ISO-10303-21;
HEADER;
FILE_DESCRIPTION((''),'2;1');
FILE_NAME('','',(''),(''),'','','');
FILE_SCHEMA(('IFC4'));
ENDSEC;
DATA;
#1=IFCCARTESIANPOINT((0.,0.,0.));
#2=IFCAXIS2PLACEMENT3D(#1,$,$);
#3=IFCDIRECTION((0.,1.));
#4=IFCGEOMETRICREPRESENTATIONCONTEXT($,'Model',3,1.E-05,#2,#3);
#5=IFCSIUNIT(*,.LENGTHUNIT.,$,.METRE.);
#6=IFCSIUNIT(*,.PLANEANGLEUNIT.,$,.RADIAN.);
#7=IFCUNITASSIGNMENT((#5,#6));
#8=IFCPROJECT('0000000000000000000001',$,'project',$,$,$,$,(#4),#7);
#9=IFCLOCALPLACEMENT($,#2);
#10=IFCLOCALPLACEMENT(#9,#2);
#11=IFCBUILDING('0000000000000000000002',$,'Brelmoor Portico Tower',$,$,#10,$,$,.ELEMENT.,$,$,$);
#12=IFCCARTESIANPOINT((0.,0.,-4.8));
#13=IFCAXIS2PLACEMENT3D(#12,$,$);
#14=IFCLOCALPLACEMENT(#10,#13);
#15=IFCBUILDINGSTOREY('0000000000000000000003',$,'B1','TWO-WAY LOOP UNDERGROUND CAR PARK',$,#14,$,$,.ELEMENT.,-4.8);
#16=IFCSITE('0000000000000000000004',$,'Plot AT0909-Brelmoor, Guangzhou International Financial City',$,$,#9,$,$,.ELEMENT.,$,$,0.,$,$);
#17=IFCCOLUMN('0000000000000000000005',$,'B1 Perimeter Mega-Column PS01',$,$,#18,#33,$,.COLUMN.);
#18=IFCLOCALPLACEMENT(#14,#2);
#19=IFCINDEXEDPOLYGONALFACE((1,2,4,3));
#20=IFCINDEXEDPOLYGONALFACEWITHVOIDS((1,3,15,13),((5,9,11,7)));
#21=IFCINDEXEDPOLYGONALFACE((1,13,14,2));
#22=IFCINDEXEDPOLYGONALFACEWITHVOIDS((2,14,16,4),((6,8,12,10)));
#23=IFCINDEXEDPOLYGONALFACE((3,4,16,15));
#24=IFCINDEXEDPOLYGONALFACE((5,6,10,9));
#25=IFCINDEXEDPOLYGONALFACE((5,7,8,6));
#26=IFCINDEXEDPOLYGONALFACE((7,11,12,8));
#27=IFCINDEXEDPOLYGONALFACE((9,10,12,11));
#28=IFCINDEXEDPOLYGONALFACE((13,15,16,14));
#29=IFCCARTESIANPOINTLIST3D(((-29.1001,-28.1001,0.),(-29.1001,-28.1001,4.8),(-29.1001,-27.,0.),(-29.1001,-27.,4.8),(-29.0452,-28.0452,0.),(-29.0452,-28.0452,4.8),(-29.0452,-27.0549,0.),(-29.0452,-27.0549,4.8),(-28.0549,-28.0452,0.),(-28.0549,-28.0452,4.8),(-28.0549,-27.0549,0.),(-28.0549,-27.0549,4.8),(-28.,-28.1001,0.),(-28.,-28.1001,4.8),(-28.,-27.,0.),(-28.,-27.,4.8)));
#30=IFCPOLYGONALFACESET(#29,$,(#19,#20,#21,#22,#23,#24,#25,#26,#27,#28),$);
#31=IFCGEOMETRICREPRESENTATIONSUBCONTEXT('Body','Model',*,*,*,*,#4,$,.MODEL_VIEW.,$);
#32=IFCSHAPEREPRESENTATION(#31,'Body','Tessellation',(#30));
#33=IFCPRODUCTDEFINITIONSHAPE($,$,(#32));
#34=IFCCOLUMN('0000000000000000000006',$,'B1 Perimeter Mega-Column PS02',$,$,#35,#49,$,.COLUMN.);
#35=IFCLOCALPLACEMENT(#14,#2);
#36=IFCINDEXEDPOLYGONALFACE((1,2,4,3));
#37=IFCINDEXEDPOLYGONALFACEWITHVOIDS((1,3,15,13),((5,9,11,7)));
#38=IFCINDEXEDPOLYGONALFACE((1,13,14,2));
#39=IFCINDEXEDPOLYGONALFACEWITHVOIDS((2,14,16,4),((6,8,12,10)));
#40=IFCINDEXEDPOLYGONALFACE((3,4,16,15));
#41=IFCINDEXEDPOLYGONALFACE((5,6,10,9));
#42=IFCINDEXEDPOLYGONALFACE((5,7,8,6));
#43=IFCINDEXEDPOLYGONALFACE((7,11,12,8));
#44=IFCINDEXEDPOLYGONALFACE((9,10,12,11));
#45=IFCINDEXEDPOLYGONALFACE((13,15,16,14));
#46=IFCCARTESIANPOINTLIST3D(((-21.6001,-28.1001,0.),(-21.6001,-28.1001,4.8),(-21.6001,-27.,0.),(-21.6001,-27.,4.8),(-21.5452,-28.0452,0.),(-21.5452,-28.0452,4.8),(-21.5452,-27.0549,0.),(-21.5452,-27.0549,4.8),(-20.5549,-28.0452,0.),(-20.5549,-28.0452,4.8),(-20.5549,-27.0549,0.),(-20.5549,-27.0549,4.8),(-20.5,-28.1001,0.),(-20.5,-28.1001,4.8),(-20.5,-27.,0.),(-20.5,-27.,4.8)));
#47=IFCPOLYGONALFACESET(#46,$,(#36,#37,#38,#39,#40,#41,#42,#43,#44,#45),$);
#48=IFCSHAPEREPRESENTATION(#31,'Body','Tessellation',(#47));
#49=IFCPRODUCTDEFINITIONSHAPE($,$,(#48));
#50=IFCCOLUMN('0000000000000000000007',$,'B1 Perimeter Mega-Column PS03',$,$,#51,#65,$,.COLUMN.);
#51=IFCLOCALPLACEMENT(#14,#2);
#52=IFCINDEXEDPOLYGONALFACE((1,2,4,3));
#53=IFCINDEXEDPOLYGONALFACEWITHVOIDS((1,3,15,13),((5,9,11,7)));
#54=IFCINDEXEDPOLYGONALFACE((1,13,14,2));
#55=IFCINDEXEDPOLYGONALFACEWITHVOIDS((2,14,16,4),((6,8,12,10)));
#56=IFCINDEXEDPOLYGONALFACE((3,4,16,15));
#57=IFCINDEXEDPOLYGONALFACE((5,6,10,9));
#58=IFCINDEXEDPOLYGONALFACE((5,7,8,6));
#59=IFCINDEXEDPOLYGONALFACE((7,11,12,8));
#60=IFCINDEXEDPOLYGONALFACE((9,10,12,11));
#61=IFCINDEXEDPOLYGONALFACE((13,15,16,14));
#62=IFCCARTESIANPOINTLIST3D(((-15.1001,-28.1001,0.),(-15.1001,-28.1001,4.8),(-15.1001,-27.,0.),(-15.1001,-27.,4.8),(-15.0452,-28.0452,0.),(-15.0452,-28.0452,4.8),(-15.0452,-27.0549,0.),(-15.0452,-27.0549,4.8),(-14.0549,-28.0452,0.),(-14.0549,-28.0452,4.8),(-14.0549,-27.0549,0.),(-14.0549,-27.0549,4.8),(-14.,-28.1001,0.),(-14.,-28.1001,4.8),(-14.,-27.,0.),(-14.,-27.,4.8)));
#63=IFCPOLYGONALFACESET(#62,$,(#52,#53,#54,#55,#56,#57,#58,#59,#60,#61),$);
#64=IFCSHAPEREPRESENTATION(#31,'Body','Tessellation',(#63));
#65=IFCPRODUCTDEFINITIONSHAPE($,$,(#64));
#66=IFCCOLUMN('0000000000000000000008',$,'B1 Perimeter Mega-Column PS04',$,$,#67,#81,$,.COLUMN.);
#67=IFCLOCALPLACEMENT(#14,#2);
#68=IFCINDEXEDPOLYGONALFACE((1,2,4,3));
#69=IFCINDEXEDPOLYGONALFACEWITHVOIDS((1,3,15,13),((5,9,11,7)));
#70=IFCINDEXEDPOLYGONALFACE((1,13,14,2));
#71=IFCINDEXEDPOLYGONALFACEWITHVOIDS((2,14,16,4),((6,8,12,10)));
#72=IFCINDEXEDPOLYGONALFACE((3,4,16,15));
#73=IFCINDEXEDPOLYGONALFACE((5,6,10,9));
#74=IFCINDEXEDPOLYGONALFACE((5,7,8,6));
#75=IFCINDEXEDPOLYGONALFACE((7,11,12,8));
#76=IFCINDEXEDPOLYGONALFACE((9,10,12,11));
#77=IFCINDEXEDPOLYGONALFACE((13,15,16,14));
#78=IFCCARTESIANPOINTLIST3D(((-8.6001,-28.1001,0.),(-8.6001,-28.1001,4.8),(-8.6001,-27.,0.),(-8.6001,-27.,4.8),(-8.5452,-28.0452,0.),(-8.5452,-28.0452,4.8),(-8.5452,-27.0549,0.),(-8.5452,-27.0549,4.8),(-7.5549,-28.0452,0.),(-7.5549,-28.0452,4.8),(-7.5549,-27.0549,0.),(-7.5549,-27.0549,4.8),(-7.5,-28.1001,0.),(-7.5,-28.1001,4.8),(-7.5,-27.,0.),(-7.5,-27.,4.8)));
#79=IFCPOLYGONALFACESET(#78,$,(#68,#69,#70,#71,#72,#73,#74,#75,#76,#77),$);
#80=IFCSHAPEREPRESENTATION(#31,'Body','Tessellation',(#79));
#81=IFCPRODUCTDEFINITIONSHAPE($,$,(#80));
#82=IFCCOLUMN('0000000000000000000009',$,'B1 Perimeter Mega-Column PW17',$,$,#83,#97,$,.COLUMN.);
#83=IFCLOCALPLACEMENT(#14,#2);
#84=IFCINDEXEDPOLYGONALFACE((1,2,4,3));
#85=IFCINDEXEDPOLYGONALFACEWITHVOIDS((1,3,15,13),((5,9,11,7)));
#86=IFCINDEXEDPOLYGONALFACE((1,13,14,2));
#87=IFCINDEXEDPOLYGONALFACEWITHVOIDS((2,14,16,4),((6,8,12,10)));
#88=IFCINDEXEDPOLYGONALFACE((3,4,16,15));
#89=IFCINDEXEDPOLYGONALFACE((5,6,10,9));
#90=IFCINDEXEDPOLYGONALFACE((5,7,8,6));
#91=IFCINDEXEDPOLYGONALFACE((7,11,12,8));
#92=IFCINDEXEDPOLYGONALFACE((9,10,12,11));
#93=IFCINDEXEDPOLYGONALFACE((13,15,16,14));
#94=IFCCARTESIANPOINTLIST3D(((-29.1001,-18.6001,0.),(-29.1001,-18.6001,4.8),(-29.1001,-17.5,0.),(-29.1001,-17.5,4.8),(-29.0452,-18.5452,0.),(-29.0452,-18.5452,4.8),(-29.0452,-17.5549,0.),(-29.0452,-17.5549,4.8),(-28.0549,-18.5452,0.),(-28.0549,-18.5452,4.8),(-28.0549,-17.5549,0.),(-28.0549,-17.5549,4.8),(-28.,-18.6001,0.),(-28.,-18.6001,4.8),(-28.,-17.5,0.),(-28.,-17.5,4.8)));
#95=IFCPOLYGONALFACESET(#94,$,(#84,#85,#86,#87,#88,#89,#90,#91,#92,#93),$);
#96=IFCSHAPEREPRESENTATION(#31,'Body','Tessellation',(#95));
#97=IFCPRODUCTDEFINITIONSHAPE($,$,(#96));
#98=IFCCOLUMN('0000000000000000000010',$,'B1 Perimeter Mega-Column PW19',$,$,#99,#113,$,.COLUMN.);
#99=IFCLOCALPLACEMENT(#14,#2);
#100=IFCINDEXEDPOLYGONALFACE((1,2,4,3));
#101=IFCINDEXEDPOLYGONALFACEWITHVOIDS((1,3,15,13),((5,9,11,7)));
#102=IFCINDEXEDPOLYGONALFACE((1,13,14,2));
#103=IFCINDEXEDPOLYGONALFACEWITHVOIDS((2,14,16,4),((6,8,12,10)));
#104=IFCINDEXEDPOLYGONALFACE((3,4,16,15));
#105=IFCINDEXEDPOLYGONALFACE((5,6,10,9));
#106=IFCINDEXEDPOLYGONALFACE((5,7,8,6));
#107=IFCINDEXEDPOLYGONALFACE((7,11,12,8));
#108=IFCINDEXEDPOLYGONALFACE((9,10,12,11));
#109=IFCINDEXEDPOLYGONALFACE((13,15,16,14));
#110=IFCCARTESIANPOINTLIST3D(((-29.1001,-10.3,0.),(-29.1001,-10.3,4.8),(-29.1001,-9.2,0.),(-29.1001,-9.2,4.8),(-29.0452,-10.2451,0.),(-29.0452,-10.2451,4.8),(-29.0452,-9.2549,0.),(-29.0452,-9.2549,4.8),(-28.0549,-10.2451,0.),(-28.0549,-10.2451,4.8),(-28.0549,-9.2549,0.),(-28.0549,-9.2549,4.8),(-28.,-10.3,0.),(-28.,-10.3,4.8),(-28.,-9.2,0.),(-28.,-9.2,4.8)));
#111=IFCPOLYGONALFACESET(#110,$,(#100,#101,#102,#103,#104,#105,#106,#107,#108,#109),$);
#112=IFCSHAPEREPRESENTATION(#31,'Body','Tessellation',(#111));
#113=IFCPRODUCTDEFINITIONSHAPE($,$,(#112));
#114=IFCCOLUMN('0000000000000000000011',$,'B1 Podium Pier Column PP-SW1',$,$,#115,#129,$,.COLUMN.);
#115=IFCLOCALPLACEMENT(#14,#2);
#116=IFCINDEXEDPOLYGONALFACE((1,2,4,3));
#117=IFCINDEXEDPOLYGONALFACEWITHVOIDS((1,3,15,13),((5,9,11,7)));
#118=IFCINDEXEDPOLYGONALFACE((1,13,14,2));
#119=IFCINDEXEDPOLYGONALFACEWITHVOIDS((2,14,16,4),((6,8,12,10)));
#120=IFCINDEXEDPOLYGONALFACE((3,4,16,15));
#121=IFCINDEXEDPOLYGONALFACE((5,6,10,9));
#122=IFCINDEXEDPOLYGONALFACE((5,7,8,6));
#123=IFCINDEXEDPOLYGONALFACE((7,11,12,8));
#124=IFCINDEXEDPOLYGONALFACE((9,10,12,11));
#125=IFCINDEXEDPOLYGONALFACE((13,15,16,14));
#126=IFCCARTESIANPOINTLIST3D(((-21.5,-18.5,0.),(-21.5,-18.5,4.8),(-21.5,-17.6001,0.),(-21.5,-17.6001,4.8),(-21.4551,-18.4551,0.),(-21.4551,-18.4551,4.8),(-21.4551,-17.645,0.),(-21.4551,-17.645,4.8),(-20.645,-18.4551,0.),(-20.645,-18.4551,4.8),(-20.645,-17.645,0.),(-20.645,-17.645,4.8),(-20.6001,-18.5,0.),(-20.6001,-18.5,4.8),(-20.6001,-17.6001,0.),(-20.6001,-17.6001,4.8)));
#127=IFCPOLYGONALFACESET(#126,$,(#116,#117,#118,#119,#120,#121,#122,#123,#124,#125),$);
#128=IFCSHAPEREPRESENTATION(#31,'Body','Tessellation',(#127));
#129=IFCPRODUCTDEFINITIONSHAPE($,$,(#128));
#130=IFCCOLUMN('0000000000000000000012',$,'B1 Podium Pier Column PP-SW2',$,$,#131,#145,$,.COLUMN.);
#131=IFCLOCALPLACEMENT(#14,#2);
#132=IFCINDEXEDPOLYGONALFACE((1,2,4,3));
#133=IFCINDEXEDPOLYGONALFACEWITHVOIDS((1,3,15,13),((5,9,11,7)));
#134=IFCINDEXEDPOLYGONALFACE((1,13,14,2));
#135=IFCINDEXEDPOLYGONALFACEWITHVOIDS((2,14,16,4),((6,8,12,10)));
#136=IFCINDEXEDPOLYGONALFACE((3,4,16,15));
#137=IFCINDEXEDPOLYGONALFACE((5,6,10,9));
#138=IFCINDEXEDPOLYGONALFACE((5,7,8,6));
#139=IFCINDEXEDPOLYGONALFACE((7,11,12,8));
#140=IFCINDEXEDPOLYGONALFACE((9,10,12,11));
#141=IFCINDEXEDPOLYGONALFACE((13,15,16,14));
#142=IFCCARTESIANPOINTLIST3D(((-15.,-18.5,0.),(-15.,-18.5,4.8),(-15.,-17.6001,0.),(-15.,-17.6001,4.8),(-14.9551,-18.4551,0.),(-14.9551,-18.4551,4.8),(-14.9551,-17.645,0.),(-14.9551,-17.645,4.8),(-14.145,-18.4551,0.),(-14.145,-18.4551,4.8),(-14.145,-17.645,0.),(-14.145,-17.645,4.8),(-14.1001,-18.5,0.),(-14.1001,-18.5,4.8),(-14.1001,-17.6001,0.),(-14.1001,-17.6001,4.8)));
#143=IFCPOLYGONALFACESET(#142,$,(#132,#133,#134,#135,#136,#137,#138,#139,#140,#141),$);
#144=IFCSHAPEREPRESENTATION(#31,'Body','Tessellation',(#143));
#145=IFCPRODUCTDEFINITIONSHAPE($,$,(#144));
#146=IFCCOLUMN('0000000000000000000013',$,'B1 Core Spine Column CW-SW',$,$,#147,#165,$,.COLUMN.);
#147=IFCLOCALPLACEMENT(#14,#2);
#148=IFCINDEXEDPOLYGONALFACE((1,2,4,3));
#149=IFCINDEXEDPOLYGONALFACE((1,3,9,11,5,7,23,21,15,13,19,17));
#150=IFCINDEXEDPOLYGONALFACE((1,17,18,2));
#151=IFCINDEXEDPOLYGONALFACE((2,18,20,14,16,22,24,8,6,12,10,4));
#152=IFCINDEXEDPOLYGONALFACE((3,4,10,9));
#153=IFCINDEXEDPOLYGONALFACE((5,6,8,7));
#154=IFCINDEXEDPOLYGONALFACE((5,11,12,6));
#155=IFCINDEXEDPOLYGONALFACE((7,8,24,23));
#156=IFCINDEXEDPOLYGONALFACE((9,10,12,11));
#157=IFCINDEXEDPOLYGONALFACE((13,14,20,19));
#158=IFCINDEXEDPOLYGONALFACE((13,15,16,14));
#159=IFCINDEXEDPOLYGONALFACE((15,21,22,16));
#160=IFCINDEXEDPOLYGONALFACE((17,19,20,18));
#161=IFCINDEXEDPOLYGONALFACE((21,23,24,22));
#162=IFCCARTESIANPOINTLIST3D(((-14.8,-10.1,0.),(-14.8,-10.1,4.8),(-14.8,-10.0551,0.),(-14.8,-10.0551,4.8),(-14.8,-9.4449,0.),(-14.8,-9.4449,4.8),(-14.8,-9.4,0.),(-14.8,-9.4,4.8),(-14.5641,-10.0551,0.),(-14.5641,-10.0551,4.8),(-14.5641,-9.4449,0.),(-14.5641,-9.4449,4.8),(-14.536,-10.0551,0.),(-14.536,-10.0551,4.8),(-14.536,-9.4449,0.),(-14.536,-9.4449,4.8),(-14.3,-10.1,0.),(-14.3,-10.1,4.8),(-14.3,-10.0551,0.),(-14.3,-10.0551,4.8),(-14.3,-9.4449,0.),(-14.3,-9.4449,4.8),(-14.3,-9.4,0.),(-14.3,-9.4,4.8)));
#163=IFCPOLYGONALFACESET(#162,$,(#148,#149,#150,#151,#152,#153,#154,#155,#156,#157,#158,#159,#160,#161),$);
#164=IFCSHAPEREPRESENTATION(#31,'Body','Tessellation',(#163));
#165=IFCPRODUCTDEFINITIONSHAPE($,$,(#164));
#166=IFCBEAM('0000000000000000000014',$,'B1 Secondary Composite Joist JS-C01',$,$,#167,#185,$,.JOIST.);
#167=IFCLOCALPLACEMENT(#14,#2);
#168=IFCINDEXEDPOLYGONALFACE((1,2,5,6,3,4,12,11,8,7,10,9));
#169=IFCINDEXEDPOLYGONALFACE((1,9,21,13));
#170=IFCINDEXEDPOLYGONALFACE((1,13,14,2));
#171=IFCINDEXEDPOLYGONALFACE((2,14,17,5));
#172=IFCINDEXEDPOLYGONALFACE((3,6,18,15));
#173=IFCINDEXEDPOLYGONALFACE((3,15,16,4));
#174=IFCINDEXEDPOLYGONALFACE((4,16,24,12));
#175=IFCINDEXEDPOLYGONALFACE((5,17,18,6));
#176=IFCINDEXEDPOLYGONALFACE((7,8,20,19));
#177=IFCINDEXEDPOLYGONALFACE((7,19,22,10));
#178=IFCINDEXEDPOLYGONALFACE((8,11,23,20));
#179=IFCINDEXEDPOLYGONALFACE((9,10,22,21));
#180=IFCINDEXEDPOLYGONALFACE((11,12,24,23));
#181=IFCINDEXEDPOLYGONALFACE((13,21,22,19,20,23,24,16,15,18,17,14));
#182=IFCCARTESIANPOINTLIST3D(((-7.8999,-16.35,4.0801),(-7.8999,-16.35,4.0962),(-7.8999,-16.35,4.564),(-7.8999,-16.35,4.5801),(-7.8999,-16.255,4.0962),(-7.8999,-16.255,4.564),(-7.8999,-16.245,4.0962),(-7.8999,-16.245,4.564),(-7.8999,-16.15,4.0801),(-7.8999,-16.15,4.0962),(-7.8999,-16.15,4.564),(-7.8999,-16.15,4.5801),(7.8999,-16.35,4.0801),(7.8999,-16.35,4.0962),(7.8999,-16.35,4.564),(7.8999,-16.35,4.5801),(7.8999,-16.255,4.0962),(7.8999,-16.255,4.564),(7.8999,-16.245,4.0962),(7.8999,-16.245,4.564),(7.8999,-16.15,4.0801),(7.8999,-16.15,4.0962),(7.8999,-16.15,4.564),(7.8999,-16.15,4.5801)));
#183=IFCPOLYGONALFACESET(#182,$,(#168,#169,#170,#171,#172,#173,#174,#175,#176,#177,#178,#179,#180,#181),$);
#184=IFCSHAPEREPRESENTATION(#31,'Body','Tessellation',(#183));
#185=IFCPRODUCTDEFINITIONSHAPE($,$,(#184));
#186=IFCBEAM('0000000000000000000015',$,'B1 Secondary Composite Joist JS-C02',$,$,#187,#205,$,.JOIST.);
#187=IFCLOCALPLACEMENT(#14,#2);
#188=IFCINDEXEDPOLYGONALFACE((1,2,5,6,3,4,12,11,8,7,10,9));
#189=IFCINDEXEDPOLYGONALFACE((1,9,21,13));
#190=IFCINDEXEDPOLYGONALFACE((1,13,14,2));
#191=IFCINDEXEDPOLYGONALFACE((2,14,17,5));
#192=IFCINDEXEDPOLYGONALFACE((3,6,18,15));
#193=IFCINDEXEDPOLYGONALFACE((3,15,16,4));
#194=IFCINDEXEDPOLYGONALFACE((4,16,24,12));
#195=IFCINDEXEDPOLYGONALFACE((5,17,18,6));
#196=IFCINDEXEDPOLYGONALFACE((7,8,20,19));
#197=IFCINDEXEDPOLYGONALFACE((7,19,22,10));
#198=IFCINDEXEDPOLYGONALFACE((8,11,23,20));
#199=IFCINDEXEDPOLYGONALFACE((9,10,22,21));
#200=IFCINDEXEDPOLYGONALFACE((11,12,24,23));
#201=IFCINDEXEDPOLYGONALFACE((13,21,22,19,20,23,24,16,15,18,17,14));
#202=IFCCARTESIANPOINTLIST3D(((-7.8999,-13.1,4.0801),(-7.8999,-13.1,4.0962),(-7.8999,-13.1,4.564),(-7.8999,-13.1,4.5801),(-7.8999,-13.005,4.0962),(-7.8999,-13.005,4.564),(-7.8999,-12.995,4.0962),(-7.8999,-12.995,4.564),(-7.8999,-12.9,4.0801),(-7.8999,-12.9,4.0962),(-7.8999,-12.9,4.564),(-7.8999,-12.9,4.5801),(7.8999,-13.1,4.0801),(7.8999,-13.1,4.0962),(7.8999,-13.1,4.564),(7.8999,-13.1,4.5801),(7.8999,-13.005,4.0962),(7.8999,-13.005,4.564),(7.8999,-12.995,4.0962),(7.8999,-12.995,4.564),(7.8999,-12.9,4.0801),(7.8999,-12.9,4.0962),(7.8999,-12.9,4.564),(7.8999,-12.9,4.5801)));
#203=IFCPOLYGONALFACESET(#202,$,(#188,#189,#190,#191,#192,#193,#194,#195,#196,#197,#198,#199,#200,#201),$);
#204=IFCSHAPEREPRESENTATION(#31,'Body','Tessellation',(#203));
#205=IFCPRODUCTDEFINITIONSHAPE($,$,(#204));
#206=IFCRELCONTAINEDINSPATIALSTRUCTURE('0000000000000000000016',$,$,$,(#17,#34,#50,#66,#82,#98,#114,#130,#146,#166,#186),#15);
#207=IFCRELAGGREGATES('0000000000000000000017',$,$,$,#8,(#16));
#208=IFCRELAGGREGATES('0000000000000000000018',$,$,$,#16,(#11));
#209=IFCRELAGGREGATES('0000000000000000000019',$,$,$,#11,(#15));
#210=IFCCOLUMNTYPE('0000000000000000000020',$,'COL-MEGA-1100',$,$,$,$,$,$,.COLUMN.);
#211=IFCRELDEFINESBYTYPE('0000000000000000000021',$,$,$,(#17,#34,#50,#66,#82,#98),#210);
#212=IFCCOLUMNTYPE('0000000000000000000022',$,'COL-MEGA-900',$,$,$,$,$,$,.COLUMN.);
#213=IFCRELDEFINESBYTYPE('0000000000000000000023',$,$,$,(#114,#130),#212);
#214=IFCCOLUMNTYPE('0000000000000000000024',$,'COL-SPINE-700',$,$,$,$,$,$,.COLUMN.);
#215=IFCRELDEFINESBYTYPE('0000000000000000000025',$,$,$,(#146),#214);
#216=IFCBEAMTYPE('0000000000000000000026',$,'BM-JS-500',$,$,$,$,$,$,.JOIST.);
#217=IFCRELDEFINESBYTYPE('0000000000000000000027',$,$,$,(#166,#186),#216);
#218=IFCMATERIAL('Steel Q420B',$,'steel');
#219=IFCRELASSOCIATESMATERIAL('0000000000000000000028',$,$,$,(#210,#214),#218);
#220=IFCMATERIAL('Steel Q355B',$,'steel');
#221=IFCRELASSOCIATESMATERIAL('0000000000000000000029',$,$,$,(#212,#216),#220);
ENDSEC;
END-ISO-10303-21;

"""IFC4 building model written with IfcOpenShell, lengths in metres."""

from ifc_helpers import new_model, si_unit, direction, frame, origin, origin_2d, place, context, subcontext, project, spatial, hollow_rectangle, i_section, extrude, material, material_profile, profile_set, type_object, element, save


model = new_model("IFC4")

# Units and contexts
model_context = context("Model", 3, precision=1e-05, world=origin(), true_north=direction((0.0, 1.0)))
body_context = subcontext(model_context, "Body", "Model", "MODEL_VIEW")
ifc_project = project(units=[si_unit("LENGTHUNIT", "METRE"), si_unit("PLANEANGLEUNIT", "RADIAN")], contexts=[model_context])

# Site, building, storey
site_placement = place(None, origin())
site = spatial("IfcSite", under=ifc_project, at=site_placement, Name="Plot AT0909-Brelmoor, Guangzhou International Financial City", CompositionType="ELEMENT", RefElevation=0.0)
building_placement = place(site_placement, origin())
building = spatial("IfcBuilding", under=site, at=building_placement, Name="Brelmoor Portico Tower", CompositionType="ELEMENT")
storey_placement = place(building_placement, frame((0.0, 0.0, -4.8)))
storey = spatial("IfcBuildingStorey", under=building, at=storey_placement, Name="B1", Description="TWO-WAY LOOP UNDERGROUND CAR PARK", CompositionType="ELEMENT", Elevation=-4.8)

# Columns
ifc_material_1 = material(Name="Steel Q420B", Category="steel")
ifc_material_profile_1 = material_profile(ifc_material_1, hollow_rectangle(XDim=1.1001, YDim=1.1001, WallThickness=0.0549, at=origin_2d()), Name="BOX 1100x1100x55")
ifc_profile_set_1 = profile_set([ifc_material_profile_1], Name="Steel Q420B")
column_type_1 = type_object("IfcColumnType", Name="COL-MEGA-1100", PredefinedType="COLUMN", material=ifc_profile_set_1)
for number, where, z_axis, x_axis, name in (
    (1, (-28.55, -27.55, 0.0), (0.0, 0.0, 1.0), (1.0, 0.0, 0.0), "B1 Perimeter Mega-Column PS01"),
    (2, (-21.05, -27.55, 0.0), (0.0, 0.0, 1.0), (1.0, 0.0, 0.0), "B1 Perimeter Mega-Column PS02"),
    (3, (-14.55, -27.55, 0.0), (0.0, 0.0, 1.0), (1.0, 0.0, 0.0), "B1 Perimeter Mega-Column PS03"),
    (4, (-8.05, -27.55, 0.0), (0.0, 0.0, 1.0), (1.0, 0.0, 0.0), "B1 Perimeter Mega-Column PS04"),
    (5, (-28.55, -18.05, 0.0), (0.0, 0.0, 1.0), (0.0, 1.0, 0.0), "B1 Perimeter Mega-Column PW17"),
    (6, (-28.55, -9.75, 0.0), (0.0, 0.0, 1.0), (0.0, 1.0, 0.0), "B1 Perimeter Mega-Column PW19"),
):
    element("IfcColumn", number, at=place(storey_placement, frame(where, z_axis=z_axis, x_axis=x_axis)), inside=storey, type_object=column_type_1, Name=name, PredefinedType="COLUMN", context=body_context, shape_type="SweptSolid", body=[
        extrude(hollow_rectangle(XDim=1.1001, YDim=1.1001, WallThickness=0.0549, at=origin_2d()), origin(), (0.0, 0.0, 1.0), 4.8),
    ])
ifc_material_2 = material(Name="Steel Q355B", Category="steel")
ifc_material_profile_2 = material_profile(ifc_material_2, hollow_rectangle(XDim=0.8999, YDim=0.8999, WallThickness=0.0449, at=origin_2d()), Name="BOX 900x900x45")
ifc_profile_set_2 = profile_set([ifc_material_profile_2], Name="Steel Q355B")
column_type_2 = type_object("IfcColumnType", Name="COL-MEGA-900", PredefinedType="COLUMN", material=ifc_profile_set_2)
for number, where, z_axis, x_axis, name in (
    (7, (-21.05, -18.05, 0.0), (0.0, 0.0, 1.0), (1.0, 0.0, 0.0), "B1 Podium Pier Column PP-SW1"),
    (8, (-14.55, -18.05, 0.0), (0.0, 0.0, 1.0), (1.0, 0.0, 0.0), "B1 Podium Pier Column PP-SW2"),
):
    element("IfcColumn", number, at=place(storey_placement, frame(where, z_axis=z_axis, x_axis=x_axis)), inside=storey, type_object=column_type_2, Name=name, PredefinedType="COLUMN", context=body_context, shape_type="SweptSolid", body=[
        extrude(hollow_rectangle(XDim=0.8999, YDim=0.8999, WallThickness=0.0449, at=origin_2d()), origin(), (0.0, 0.0, 1.0), 4.8),
    ])
ifc_material_profile_3 = material_profile(ifc_material_1, i_section(OverallWidth=0.5, OverallDepth=0.7, WebThickness=0.0281, FlangeThickness=0.0449, at=origin_2d()), Name="HW 700x500x28x45")
ifc_profile_set_3 = profile_set([ifc_material_profile_3], Name="Steel Q420B")
column_type_3 = type_object("IfcColumnType", Name="COL-SPINE-700", PredefinedType="COLUMN", material=ifc_profile_set_3)
column_placement = place(storey_placement, frame((-14.55, -9.75, 0.0), z_axis=(0.0, 0.0, 1.0), x_axis=(1.0, 0.0, 0.0)))
element("IfcColumn", 9, at=column_placement, inside=storey, type_object=column_type_3, Name="B1 Core Spine Column CW-SW", PredefinedType="COLUMN", context=body_context, shape_type="SweptSolid", body=[
    extrude(i_section(OverallWidth=0.5, OverallDepth=0.7, WebThickness=0.0281, FlangeThickness=0.0449, at=origin_2d()), origin(), (0.0, 0.0, 1.0), 4.8),
])

# Beams
ifc_material_profile_4 = material_profile(ifc_material_2, i_section(OverallWidth=0.2, OverallDepth=0.5, WebThickness=0.01, FlangeThickness=0.0161, at=origin_2d()), Name="HN 500x200x10x16")
ifc_profile_set_4 = profile_set([ifc_material_profile_4], Name="Steel Q355B")
beam_type_1 = type_object("IfcBeamType", Name="BM-JS-500", PredefinedType="JOIST", material=ifc_profile_set_4)
for number, where, z_axis, x_axis, name in (
    (10, (-7.8999, -16.25, 4.3301), (1.0, 0.0, 0.0), (0.0, 1.0, 0.0), "B1 Secondary Composite Joist JS-C01"),
    (11, (-7.8999, -13.0, 4.3301), (1.0, 0.0, 0.0), (0.0, 1.0, 0.0), "B1 Secondary Composite Joist JS-C02"),
):
    element("IfcBeam", number, at=place(storey_placement, frame(where, z_axis=z_axis, x_axis=x_axis)), inside=storey, type_object=beam_type_1, Name=name, PredefinedType="JOIST", context=body_context, shape_type="SweptSolid", body=[
        extrude(i_section(OverallWidth=0.2, OverallDepth=0.5, WebThickness=0.01, FlangeThickness=0.0161, at=origin_2d()), origin(), (0.0, 0.0, 1.0), 15.7998),
    ])

save(model, "model.ifc")
